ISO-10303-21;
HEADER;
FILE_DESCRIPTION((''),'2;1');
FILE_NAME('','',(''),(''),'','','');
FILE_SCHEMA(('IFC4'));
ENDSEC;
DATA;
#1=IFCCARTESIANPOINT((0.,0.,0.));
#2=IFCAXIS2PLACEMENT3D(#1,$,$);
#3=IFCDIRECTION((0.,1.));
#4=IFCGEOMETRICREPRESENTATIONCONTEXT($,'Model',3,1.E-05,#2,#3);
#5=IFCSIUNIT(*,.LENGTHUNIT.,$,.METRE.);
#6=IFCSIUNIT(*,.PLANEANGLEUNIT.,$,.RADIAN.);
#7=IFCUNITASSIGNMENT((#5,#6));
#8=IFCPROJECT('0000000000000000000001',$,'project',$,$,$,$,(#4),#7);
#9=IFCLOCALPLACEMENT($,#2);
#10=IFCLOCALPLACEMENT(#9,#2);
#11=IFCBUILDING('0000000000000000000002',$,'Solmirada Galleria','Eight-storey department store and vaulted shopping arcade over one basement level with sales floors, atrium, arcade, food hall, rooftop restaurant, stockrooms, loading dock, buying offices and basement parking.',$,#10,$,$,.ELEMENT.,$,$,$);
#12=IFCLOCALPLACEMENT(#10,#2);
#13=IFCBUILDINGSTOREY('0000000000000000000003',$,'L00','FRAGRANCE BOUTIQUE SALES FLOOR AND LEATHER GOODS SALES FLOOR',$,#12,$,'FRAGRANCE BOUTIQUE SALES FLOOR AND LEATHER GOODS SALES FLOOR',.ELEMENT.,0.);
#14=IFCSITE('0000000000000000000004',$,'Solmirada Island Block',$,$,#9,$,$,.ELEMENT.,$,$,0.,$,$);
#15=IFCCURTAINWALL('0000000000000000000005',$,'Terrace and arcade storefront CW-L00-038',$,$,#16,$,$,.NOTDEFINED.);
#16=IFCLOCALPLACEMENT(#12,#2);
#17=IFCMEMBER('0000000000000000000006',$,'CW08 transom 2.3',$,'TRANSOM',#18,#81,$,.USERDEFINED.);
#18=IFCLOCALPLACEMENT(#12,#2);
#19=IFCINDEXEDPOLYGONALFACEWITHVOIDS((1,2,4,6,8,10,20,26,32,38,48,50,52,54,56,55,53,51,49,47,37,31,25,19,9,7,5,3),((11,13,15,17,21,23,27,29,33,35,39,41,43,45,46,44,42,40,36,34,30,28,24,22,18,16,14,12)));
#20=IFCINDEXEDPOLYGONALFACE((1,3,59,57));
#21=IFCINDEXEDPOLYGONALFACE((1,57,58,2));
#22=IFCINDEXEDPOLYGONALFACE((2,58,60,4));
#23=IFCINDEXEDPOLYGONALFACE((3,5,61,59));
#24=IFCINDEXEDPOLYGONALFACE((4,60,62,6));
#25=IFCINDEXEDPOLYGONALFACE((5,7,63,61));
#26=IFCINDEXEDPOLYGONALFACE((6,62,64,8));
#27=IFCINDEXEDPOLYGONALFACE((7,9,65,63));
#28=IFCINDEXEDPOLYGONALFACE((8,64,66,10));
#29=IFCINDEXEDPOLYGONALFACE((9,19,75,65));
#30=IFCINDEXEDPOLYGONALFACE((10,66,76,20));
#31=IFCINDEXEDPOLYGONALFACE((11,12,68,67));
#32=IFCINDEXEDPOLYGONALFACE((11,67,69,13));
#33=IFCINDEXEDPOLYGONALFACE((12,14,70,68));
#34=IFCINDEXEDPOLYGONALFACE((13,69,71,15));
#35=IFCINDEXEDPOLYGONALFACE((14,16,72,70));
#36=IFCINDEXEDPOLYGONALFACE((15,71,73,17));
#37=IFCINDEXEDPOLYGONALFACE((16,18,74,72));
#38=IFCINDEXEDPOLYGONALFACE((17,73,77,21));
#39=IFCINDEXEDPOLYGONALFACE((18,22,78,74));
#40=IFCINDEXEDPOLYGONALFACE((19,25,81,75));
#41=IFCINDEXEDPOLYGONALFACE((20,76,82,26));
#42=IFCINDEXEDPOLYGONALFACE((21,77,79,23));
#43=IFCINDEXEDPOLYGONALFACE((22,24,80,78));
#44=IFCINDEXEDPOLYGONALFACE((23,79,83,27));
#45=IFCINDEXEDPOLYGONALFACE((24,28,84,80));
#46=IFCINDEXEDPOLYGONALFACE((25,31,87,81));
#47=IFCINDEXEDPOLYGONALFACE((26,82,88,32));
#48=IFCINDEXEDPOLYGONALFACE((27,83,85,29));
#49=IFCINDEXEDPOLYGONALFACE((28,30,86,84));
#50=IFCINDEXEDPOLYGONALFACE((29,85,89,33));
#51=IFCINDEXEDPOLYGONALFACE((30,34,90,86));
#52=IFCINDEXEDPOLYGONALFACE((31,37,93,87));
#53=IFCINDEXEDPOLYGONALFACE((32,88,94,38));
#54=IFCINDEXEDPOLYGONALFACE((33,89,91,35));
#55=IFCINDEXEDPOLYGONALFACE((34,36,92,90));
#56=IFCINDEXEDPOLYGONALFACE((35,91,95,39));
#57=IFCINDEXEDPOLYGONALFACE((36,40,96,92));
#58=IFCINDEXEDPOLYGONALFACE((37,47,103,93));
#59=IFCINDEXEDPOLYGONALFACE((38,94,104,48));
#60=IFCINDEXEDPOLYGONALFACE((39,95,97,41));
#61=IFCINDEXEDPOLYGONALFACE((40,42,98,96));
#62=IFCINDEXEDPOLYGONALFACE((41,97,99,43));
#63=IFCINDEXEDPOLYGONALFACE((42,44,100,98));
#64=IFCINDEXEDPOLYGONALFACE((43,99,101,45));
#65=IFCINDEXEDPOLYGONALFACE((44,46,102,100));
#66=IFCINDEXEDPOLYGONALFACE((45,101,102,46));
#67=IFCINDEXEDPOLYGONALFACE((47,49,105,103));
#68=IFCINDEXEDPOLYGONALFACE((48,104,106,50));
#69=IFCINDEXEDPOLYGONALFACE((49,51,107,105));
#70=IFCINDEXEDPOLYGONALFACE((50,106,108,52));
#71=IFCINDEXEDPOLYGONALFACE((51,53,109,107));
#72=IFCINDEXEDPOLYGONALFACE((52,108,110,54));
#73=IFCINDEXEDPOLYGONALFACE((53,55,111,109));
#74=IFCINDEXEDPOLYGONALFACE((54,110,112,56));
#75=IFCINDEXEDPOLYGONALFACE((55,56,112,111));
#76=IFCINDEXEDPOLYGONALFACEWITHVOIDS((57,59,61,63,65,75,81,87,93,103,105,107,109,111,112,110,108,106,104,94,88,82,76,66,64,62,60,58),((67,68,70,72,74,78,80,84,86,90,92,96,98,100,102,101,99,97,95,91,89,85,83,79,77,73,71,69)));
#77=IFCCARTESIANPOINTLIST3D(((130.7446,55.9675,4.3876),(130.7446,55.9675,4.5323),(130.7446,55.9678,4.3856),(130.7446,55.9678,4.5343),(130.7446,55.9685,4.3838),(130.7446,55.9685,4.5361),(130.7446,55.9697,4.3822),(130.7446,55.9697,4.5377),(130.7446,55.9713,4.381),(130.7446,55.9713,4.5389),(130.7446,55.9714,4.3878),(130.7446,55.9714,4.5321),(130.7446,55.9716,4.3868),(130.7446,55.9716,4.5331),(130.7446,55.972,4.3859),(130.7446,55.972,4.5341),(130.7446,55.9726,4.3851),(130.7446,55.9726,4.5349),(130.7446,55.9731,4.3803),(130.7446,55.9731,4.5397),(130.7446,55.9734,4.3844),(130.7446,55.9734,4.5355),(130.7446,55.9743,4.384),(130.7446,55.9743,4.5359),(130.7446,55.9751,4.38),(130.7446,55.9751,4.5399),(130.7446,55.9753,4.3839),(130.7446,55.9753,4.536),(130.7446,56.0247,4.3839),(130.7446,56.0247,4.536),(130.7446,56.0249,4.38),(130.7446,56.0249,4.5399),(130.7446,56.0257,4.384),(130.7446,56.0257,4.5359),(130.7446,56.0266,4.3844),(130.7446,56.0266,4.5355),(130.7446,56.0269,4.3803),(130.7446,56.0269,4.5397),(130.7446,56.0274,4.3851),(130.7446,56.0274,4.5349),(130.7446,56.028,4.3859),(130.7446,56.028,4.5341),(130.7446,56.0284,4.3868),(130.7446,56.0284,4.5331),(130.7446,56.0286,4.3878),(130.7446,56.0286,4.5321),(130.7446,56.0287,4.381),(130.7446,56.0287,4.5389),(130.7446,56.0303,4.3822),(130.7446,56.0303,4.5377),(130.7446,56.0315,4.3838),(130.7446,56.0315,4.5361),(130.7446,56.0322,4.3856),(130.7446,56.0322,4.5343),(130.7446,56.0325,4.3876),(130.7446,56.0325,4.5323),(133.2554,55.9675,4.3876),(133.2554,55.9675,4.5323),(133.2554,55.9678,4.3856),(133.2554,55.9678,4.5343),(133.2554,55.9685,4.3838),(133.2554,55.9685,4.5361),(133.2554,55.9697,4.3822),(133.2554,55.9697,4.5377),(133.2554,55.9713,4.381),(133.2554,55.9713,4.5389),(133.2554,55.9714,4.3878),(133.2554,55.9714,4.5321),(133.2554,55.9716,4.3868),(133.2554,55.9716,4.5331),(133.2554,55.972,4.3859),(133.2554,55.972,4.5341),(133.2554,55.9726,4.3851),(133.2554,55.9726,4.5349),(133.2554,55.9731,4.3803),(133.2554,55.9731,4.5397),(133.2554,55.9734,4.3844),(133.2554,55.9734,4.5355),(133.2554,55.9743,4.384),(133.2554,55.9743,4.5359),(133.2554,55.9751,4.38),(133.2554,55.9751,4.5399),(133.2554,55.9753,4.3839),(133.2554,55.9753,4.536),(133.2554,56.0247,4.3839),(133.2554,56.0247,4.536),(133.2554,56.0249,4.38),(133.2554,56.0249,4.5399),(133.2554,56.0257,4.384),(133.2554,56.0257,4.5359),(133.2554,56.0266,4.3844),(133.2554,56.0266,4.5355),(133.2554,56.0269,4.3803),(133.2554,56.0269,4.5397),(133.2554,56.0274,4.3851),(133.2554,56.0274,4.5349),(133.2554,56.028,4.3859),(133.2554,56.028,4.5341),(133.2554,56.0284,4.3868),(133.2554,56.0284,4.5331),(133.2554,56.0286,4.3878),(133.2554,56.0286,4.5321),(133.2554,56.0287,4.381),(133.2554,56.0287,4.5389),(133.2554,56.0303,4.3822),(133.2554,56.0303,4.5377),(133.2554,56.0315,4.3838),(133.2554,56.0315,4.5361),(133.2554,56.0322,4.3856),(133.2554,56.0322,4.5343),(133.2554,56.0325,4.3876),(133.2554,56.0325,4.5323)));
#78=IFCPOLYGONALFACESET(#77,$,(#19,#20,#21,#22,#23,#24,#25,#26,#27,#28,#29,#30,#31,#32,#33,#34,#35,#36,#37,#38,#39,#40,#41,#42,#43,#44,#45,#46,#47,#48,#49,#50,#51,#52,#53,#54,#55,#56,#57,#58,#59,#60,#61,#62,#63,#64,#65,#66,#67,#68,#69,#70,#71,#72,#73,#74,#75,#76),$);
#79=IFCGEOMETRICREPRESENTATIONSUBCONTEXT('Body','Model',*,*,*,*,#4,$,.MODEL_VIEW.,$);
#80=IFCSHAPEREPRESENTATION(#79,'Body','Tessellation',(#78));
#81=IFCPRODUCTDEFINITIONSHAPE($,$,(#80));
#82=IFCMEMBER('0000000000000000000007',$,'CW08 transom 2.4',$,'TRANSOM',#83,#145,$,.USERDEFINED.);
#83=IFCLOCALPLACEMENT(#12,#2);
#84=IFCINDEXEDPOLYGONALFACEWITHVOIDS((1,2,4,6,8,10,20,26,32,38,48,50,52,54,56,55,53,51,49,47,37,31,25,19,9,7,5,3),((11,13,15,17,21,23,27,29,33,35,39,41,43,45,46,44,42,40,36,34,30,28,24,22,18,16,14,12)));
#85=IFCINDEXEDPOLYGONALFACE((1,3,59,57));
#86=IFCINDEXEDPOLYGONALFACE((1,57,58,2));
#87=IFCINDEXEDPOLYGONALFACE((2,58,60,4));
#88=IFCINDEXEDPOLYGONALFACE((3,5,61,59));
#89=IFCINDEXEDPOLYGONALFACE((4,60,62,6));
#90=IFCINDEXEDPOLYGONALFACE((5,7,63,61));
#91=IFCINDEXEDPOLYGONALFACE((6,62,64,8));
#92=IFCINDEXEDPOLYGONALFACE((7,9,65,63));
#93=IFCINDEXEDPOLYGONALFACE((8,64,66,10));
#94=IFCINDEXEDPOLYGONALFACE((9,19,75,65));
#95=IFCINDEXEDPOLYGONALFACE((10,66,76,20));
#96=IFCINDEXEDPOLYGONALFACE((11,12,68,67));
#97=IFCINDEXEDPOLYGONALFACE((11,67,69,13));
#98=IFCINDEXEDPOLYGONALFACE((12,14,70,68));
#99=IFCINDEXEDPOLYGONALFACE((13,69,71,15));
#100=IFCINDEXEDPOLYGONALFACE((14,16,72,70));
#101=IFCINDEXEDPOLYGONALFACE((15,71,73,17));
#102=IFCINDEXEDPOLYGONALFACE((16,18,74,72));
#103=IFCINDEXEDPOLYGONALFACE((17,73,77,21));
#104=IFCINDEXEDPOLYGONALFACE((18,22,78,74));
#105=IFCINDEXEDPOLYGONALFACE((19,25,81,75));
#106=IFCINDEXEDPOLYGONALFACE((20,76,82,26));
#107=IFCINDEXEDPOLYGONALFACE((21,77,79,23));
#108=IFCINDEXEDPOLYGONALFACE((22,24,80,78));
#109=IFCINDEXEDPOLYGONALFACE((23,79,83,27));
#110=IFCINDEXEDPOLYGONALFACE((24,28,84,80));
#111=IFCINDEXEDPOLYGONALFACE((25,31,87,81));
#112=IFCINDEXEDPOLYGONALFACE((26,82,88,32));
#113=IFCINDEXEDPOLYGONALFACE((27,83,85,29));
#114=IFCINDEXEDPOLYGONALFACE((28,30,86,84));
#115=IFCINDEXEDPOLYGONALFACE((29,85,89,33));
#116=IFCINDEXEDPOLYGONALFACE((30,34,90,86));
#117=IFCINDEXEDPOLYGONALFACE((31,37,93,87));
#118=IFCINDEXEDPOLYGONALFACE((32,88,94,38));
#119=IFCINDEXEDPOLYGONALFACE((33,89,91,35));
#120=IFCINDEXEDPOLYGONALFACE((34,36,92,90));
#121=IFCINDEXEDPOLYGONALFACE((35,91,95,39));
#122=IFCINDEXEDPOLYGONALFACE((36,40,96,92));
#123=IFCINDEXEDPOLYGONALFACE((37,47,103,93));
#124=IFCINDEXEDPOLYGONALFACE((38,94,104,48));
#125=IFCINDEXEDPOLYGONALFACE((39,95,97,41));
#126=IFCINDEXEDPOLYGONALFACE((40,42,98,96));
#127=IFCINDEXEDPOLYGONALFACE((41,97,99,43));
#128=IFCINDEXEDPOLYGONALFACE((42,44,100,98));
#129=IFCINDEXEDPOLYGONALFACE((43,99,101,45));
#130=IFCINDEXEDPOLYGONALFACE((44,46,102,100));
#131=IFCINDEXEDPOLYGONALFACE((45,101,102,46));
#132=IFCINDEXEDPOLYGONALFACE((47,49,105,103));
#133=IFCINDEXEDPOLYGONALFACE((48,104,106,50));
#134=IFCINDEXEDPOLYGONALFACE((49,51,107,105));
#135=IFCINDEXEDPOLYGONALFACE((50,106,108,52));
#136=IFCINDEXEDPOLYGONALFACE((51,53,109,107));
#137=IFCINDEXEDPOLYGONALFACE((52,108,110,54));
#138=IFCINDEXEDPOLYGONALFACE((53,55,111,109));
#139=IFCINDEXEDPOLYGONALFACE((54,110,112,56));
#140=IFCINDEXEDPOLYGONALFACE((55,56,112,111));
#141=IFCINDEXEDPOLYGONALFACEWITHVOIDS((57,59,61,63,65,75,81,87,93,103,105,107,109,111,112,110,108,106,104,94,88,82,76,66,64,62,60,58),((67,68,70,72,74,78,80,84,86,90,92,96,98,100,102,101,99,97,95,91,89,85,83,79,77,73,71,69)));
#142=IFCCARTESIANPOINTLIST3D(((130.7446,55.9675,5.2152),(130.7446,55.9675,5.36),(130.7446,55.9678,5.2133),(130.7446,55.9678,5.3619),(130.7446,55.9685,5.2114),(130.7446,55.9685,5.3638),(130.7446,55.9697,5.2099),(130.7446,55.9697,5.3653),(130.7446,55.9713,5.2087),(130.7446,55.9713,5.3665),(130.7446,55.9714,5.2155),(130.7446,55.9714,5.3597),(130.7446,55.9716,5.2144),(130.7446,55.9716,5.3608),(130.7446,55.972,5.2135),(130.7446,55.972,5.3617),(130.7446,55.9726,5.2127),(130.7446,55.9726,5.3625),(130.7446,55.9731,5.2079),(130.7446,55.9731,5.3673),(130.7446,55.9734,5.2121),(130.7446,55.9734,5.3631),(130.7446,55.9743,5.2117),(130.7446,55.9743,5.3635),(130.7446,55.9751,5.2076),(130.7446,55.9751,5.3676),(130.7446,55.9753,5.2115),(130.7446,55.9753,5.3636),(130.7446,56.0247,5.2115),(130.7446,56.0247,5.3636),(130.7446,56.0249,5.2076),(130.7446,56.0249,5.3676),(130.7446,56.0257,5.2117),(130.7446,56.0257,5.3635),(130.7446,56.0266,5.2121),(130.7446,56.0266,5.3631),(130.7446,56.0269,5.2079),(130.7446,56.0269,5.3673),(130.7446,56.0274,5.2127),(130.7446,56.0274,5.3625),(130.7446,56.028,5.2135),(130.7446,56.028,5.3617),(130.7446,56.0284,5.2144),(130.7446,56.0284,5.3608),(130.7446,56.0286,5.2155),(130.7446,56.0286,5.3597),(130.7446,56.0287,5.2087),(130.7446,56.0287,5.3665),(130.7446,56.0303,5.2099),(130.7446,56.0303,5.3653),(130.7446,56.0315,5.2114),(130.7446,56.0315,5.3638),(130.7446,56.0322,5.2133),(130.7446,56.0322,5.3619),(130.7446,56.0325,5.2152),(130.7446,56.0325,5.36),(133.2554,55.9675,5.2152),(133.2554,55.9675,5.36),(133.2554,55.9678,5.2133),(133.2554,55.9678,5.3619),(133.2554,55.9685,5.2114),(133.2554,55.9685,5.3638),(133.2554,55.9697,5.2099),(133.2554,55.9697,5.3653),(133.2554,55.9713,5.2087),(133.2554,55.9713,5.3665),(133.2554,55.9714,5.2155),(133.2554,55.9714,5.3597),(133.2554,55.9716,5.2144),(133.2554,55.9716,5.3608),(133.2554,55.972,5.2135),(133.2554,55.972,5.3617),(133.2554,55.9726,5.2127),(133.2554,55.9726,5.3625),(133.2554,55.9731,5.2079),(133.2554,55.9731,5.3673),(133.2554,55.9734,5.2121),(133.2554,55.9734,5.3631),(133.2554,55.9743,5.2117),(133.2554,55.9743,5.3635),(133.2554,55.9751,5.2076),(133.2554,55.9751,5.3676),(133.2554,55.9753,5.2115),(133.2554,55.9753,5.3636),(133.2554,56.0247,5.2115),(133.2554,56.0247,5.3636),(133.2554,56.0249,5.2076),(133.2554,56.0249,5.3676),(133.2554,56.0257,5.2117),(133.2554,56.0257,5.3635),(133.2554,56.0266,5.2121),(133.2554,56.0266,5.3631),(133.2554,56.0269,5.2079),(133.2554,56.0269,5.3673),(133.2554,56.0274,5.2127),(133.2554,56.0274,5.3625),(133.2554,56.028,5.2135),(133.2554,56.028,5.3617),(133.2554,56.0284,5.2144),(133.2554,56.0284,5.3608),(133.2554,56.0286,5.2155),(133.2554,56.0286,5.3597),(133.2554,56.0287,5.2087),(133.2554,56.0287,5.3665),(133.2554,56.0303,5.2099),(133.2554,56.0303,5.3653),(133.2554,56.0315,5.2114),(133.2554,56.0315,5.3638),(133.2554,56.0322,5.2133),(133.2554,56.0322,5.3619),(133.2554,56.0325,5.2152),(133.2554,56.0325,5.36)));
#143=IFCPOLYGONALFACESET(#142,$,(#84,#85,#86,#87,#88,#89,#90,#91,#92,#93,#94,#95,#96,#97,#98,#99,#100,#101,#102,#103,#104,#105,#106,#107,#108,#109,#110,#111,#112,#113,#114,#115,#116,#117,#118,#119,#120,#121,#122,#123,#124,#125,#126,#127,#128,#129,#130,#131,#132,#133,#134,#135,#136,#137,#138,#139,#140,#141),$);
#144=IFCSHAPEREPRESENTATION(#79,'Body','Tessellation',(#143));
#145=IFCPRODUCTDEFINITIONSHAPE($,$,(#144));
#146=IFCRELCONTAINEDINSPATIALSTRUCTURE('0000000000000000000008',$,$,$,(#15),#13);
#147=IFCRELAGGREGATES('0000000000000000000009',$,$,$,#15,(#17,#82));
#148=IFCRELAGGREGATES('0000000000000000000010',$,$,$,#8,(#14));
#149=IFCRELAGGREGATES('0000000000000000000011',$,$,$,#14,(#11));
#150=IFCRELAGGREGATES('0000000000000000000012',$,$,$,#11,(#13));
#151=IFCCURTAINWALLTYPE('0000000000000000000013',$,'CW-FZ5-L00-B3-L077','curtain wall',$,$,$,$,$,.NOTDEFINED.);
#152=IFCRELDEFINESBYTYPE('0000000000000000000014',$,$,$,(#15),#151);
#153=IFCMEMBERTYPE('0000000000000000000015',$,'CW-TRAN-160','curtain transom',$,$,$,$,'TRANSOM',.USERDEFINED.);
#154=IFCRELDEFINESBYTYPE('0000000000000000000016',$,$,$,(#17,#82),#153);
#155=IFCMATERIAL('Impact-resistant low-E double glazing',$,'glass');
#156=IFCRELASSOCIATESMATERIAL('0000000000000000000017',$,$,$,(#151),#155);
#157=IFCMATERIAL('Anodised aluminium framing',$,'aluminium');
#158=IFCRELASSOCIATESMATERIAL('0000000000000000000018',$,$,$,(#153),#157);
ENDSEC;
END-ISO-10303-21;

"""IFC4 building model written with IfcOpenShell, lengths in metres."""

from ifc_helpers import new_model, si_unit, direction, frame, origin, origin_2d, place, context, subcontext, project, spatial, hollow_rectangle, extrude, material, material_profile, profile_set, type_object, element, aggregate, save


model = new_model("IFC4")

# Units and contexts
model_context = context("Model", 3, precision=1e-05, world=origin(), true_north=direction((0.0, 1.0)))
body_context = subcontext(model_context, "Body", "Model", "MODEL_VIEW")
ifc_project = project(units=[si_unit("LENGTHUNIT", "METRE"), si_unit("PLANEANGLEUNIT", "RADIAN")], contexts=[model_context])

# Site, building, storey
site_placement = place(None, origin())
site = spatial("IfcSite", under=ifc_project, at=site_placement, Name="Solmirada Island Block", CompositionType="ELEMENT", RefElevation=0.0)
building_placement = place(site_placement, origin())
building = spatial("IfcBuilding", under=site, at=building_placement, Name="Solmirada Galleria", Description="Eight-storey department store and vaulted shopping arcade over one basement level with sales floors, atrium, arcade, food hall, rooftop restaurant, stockrooms, loading dock, buying offices and basement parking.", CompositionType="ELEMENT")
storey_placement = place(building_placement, origin())
storey = spatial("IfcBuildingStorey", under=building, at=storey_placement, Name="L00", Description="FRAGRANCE BOUTIQUE SALES FLOOR AND LEATHER GOODS SALES FLOOR", LongName="FRAGRANCE BOUTIQUE SALES FLOOR AND LEATHER GOODS SALES FLOOR", CompositionType="ELEMENT", Elevation=0.0)

# Curtain wall
ifc_material_1 = material(Name="Impact-resistant low-E double glazing", Category="glass")
curtain_wall_type = type_object("IfcCurtainWallType", Name="CW-FZ5-L00-B3-L077", Description="curtain wall", PredefinedType="NOTDEFINED", material=ifc_material_1)
ifc_material_2 = material(Name="Anodised aluminium framing", Category="aluminium")
curtain_wall_1_placement = place(storey_placement, origin())
curtain_wall_1 = element("IfcCurtainWall", 1, at=curtain_wall_1_placement, inside=storey, type_object=curtain_wall_type, Name="Terrace and arcade storefront CW-L00-038", PredefinedType="NOTDEFINED")

# Members
ifc_material_profile_1 = material_profile(ifc_material_2, hollow_rectangle(XDim=0.0649, YDim=0.1599, WallThickness=0.0039, InnerFilletRadius=0.0039, OuterFilletRadius=0.0076, at=origin_2d()), Name="ALU-TRAN-160X65")
ifc_profile_set_1 = profile_set([ifc_material_profile_1], Name="Anodised aluminium framing")
member_type_1 = type_object("IfcMemberType", Name="CW-TRAN-160", Description="curtain transom", ElementType="TRANSOM", PredefinedType="USERDEFINED", material=ifc_profile_set_1)
member_1_placement = place(storey_placement, frame((133.2554, 56.0, 4.46), z_axis=(-1.0, 0.0, 0.0), x_axis=(0.0, -1.0, 0.0)))
member_1 = element("IfcMember", 2, at=member_1_placement, type_object=member_type_1, Name="CW08 transom 2.3", ObjectType="TRANSOM", PredefinedType="USERDEFINED", context=body_context, shape_type="SweptSolid", body=[
    extrude(hollow_rectangle(XDim=0.0649, YDim=0.1599, WallThickness=0.0039, InnerFilletRadius=0.0039, OuterFilletRadius=0.0076, at=origin_2d()), origin(), (0.0, 0.0, 1.0), 2.5107),
])
member_2_placement = place(storey_placement, frame((133.2554, 56.0, 5.2876), z_axis=(-1.0, 0.0, 0.0), x_axis=(0.0, -1.0, 0.0)))
member_2 = element("IfcMember", 3, at=member_2_placement, type_object=member_type_1, Name="CW08 transom 2.4", ObjectType="TRANSOM", PredefinedType="USERDEFINED", context=body_context, shape_type="SweptSolid", body=[
    extrude(hollow_rectangle(XDim=0.0649, YDim=0.1599, WallThickness=0.0039, InnerFilletRadius=0.0039, OuterFilletRadius=0.0076, at=origin_2d()), origin(), (0.0, 0.0, 1.0), 2.5107),
])

aggregate(curtain_wall_1, [member_1, member_2])

save(model, "model.ifc")
